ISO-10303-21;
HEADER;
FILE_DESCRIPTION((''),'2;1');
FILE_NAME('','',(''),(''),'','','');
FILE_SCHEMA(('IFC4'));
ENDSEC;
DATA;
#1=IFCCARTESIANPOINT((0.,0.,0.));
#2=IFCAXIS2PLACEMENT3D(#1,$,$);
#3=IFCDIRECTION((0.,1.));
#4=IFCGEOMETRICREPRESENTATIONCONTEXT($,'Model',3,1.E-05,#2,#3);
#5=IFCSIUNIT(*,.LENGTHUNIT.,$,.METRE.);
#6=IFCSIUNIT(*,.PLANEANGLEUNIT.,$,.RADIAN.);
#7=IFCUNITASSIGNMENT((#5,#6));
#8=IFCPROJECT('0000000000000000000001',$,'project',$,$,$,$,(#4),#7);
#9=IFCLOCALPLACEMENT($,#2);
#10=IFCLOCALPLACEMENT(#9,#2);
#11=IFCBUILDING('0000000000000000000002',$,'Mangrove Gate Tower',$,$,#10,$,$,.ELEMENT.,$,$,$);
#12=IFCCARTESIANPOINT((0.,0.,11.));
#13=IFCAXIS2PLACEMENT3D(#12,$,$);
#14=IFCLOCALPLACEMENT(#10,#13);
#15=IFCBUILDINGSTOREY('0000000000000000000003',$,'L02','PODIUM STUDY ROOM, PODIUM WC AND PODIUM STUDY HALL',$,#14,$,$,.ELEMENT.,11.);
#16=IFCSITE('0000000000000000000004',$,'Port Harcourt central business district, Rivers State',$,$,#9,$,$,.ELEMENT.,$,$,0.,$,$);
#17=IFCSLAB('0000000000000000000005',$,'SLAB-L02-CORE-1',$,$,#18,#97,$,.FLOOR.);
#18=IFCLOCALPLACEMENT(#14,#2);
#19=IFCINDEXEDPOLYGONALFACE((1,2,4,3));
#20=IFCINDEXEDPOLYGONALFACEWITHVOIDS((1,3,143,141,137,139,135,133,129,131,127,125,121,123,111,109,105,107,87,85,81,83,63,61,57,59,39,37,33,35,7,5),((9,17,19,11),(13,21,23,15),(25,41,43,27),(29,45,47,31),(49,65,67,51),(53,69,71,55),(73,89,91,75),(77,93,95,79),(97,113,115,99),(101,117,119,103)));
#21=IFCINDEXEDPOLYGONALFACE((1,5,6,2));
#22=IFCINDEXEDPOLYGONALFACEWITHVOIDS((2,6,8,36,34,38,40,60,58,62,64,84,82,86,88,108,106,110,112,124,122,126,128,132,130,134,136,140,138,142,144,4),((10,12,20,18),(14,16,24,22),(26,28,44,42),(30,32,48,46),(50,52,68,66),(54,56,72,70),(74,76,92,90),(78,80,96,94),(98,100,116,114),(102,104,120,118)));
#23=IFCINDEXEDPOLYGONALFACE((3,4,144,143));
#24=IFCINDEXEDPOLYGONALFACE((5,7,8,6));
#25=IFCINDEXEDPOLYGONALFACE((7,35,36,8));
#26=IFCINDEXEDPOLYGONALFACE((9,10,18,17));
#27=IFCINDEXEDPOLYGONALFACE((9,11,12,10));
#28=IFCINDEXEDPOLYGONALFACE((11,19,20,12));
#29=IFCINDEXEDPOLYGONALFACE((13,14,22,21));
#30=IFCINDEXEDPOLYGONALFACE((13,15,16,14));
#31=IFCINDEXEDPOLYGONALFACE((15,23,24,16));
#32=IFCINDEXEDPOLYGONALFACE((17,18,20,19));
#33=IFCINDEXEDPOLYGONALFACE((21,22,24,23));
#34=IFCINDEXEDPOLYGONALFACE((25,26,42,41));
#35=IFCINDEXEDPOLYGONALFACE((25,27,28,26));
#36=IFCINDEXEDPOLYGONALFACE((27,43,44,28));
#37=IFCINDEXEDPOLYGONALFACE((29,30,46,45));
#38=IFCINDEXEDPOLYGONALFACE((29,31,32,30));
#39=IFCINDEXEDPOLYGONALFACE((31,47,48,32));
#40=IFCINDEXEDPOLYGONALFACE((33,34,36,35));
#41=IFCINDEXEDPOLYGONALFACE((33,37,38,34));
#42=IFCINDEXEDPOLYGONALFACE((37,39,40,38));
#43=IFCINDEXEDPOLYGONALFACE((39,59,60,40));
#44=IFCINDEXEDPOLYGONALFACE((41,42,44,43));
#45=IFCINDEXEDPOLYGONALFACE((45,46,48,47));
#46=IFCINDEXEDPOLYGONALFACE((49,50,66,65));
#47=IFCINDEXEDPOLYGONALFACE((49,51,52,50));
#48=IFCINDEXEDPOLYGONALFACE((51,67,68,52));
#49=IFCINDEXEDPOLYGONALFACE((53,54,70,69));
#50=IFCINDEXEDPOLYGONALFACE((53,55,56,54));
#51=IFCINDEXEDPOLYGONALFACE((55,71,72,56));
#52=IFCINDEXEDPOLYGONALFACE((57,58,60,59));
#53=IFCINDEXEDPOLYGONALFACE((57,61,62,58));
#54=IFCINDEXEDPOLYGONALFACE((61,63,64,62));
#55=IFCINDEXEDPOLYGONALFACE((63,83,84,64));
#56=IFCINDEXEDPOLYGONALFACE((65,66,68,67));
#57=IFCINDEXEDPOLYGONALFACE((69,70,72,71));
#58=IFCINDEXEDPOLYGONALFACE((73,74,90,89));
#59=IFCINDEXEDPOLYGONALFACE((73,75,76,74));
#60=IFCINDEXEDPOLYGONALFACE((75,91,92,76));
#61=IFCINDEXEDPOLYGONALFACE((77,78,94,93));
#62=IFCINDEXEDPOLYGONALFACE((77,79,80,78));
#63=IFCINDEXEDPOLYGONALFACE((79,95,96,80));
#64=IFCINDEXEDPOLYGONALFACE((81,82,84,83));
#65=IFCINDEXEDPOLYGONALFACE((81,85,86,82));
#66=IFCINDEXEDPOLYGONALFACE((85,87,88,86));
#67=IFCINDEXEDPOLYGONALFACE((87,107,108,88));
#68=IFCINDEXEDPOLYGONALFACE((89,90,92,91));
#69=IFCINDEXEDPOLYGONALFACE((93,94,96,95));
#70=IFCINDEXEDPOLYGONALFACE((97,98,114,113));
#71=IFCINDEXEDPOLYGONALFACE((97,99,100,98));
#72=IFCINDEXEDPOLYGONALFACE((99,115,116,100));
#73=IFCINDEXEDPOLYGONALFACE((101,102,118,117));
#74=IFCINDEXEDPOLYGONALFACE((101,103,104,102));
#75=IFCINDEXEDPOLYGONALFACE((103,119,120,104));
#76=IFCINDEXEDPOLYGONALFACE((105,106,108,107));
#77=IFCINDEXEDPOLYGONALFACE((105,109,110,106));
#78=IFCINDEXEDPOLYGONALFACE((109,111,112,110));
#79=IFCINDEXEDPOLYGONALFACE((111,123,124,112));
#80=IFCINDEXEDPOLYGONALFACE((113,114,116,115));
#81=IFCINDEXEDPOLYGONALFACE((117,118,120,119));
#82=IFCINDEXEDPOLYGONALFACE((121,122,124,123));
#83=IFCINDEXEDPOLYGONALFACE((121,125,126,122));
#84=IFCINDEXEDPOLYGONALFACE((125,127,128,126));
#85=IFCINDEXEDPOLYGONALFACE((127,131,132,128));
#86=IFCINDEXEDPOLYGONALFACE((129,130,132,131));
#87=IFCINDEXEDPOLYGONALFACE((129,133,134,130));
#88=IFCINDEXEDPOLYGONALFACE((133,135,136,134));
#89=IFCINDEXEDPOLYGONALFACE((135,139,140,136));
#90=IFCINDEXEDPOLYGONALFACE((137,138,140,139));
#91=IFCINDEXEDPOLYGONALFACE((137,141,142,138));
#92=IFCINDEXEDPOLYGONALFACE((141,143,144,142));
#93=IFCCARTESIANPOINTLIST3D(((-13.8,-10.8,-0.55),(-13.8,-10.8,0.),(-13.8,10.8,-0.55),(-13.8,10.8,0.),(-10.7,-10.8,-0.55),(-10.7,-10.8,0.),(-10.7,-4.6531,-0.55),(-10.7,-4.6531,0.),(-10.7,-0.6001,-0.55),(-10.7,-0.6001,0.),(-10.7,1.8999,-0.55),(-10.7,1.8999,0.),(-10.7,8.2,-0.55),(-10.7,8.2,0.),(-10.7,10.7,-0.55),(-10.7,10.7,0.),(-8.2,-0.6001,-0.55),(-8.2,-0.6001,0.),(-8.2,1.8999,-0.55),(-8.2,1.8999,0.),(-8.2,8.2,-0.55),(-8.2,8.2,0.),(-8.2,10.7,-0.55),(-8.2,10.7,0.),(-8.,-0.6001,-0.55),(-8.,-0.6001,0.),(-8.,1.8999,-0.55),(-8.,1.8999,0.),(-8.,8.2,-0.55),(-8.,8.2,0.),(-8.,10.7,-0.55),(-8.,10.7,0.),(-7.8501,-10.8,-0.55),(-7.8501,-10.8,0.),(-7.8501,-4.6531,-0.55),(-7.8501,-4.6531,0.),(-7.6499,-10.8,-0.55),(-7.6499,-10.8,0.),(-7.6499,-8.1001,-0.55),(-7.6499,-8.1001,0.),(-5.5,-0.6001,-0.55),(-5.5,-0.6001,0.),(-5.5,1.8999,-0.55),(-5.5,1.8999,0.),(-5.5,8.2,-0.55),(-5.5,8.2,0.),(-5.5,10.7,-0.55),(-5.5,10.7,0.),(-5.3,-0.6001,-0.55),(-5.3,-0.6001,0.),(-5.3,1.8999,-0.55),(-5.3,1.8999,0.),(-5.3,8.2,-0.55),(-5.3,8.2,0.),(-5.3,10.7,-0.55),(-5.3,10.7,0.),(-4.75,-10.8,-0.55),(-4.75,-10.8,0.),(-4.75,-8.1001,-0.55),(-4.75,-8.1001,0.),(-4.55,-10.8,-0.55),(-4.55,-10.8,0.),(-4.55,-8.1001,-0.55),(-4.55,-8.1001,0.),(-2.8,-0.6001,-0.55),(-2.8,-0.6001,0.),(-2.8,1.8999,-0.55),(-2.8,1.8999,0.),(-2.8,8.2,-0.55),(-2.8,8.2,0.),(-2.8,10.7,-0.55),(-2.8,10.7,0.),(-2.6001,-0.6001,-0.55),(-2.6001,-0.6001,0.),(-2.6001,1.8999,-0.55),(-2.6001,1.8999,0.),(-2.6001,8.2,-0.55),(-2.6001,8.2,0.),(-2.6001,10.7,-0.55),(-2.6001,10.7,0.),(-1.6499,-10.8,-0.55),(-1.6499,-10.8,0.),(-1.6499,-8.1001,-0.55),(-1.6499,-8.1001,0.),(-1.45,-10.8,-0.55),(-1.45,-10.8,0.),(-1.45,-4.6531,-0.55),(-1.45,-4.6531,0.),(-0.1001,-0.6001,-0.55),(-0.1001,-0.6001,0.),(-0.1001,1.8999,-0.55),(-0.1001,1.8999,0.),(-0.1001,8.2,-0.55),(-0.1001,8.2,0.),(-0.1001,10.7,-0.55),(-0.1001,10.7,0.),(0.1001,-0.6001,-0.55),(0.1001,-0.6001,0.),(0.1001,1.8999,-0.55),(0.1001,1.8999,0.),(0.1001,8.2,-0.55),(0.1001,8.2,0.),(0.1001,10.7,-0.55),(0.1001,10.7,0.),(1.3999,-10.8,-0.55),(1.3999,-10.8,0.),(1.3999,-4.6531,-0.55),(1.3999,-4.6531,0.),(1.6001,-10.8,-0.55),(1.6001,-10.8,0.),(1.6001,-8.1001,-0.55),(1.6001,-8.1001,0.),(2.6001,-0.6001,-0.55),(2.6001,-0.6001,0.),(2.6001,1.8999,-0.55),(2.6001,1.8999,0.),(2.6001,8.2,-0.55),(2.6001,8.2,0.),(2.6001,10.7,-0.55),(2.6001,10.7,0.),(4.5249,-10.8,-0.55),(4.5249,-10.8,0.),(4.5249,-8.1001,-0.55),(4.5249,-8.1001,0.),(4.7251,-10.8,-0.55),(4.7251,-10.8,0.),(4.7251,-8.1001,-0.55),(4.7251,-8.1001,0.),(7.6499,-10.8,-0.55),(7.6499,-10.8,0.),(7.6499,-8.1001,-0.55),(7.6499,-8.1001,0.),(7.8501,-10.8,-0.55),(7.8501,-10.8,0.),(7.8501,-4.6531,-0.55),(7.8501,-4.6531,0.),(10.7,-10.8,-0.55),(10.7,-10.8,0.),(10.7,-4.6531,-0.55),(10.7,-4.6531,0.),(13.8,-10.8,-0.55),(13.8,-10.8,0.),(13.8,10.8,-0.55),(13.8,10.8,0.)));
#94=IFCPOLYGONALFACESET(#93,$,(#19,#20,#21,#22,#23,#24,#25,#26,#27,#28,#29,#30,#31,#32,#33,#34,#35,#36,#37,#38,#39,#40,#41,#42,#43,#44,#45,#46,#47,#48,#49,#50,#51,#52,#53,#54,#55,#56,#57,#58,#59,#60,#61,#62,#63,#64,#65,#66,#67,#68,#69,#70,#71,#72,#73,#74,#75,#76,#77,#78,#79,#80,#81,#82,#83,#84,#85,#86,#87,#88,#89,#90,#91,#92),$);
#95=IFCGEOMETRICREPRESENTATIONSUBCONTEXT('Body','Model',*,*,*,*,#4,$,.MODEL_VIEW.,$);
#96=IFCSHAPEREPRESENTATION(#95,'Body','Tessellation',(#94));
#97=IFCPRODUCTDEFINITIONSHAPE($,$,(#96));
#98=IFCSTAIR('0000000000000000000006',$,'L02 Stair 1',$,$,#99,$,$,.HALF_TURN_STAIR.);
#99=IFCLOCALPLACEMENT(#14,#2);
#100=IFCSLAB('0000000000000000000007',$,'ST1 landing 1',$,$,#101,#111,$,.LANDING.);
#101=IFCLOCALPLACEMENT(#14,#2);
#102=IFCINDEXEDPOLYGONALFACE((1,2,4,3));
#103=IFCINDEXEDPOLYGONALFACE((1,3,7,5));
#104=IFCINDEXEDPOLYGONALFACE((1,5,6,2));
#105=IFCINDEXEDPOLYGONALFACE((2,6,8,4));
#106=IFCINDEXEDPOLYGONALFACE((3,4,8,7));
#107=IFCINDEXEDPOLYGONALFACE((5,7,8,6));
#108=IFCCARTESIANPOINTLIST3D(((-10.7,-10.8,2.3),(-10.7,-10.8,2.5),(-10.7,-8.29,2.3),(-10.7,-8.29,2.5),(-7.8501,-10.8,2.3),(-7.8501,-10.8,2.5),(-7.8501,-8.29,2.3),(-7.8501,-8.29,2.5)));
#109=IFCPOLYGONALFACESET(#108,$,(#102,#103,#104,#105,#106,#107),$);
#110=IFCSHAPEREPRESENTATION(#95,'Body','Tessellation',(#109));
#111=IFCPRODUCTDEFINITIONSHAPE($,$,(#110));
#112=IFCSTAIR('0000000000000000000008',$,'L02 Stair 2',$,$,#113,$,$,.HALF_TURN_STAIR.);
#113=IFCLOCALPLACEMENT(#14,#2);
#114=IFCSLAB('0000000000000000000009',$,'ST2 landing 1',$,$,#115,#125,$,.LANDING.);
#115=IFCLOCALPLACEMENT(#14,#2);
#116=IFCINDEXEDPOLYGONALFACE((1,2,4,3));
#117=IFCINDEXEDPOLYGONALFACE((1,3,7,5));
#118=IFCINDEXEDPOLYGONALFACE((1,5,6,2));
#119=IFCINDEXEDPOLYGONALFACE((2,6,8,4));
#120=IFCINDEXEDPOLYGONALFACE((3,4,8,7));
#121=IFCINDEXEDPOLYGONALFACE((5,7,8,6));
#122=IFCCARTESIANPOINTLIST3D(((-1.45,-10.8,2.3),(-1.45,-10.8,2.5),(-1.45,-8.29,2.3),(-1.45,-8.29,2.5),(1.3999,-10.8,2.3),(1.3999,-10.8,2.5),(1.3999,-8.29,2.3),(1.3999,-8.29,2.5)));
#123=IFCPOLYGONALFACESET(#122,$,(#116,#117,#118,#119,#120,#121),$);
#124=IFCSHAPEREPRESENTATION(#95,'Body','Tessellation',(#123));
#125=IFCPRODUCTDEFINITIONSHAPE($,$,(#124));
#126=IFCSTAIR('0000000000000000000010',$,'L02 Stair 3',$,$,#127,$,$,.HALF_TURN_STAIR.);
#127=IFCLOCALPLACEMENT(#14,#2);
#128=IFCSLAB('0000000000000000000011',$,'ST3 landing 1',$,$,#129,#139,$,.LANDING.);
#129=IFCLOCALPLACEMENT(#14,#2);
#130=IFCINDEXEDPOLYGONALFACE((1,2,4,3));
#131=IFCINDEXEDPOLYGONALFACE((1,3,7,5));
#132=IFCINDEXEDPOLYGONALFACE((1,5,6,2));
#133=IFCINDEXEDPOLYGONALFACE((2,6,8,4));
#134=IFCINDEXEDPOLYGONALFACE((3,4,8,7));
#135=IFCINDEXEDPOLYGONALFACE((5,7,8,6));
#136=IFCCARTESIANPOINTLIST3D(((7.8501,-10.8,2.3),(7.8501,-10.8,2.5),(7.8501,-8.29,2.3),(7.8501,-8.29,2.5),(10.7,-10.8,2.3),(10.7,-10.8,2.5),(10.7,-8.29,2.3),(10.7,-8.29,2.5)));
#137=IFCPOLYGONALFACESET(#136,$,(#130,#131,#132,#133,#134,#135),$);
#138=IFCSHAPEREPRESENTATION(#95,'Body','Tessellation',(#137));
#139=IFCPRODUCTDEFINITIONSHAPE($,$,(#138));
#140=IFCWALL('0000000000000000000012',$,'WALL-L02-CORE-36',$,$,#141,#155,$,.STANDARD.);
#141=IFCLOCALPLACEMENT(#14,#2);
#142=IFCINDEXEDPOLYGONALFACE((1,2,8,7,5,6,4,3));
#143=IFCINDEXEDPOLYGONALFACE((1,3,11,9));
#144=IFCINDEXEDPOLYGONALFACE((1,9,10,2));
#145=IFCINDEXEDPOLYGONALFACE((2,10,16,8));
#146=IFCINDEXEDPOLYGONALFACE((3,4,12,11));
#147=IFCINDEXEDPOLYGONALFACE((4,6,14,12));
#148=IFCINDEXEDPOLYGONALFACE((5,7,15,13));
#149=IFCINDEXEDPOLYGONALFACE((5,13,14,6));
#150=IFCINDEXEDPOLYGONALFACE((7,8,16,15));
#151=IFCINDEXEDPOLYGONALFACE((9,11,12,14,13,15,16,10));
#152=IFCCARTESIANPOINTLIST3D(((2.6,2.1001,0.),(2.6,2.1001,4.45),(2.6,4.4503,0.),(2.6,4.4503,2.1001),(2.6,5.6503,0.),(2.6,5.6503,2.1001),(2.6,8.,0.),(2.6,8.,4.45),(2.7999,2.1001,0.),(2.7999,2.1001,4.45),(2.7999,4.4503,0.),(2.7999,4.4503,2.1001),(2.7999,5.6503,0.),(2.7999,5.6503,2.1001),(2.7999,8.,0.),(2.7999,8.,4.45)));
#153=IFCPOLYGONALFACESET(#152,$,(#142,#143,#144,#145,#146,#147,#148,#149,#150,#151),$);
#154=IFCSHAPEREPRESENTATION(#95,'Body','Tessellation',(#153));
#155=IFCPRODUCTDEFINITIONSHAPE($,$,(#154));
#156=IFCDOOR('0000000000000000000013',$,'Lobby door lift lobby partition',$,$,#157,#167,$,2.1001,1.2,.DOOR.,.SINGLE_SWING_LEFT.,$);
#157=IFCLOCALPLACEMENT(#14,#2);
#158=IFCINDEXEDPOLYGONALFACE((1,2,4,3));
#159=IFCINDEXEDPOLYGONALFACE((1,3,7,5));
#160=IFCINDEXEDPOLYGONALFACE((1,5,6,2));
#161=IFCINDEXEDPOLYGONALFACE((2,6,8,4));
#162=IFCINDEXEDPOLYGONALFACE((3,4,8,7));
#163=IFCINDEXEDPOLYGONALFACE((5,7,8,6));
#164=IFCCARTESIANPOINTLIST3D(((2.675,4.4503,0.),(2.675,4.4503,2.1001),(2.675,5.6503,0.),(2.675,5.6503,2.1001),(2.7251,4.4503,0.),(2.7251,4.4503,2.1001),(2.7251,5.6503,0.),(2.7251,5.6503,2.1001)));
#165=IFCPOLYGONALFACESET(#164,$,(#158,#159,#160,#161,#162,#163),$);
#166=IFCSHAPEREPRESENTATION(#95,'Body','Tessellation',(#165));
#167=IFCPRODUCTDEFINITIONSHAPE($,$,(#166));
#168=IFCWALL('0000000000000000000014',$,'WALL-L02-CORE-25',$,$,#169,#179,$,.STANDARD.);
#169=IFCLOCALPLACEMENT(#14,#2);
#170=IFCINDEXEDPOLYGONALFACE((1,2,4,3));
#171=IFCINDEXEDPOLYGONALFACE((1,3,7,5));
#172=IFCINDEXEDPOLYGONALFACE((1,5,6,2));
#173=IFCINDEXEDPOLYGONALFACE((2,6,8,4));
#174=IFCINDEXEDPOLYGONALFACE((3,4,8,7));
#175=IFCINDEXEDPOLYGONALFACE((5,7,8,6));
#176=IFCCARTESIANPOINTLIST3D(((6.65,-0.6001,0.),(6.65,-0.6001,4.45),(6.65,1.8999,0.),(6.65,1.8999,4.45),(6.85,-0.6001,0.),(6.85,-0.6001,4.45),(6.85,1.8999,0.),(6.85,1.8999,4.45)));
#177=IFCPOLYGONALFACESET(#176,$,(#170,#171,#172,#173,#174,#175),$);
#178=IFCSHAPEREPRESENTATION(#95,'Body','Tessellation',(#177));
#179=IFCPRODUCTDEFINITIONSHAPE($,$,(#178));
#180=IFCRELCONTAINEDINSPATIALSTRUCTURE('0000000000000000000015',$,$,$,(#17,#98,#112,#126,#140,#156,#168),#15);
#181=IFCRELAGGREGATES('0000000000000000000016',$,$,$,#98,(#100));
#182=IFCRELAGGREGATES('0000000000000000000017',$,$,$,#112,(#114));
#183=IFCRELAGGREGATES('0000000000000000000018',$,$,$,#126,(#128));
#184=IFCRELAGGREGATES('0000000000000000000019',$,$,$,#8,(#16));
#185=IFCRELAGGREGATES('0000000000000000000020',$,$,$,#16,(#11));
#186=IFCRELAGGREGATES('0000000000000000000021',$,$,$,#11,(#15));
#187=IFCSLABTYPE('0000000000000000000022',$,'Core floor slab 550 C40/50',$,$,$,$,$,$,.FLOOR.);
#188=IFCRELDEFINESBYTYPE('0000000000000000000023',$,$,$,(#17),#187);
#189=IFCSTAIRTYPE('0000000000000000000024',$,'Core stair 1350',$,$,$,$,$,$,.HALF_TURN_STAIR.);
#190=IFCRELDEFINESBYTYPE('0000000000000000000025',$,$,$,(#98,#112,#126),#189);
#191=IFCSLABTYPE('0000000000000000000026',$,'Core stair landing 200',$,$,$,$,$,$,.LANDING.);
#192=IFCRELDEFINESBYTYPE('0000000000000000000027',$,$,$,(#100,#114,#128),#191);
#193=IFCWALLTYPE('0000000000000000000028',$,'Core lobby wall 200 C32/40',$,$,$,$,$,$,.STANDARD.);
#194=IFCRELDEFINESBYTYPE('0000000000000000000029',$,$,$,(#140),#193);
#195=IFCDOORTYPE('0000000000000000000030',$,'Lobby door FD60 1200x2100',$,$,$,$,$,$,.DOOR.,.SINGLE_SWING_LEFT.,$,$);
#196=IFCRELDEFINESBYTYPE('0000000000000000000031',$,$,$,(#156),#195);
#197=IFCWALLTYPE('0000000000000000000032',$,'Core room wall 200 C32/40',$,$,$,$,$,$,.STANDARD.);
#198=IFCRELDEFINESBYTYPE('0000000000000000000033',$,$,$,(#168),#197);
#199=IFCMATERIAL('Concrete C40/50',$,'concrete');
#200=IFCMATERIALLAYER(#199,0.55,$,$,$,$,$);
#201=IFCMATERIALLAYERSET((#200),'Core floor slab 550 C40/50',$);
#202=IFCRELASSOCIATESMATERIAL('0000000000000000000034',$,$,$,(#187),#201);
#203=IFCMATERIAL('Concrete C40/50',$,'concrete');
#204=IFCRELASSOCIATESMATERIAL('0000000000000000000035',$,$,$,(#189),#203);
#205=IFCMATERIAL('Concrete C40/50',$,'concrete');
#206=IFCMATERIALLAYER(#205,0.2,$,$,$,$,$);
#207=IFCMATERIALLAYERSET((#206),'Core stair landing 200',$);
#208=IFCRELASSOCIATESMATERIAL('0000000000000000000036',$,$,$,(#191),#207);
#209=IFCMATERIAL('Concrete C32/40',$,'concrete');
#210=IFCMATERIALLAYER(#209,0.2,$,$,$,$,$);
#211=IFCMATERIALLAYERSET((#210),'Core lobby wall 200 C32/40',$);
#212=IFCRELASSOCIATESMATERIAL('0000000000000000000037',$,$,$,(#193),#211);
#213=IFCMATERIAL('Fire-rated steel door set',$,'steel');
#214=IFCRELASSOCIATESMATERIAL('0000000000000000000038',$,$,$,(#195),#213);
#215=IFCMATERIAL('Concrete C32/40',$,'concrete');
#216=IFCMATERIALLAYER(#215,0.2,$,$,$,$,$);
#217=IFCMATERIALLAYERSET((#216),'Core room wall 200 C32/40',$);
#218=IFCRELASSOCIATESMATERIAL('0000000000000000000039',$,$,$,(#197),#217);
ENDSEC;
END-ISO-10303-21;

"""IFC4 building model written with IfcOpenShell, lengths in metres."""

from ifc_helpers import new_model, si_unit, direction, frame, frame_2d, origin, place, context, subcontext, project, spatial, polyline, rectangle, outline, extrude, material, layer, layer_set, type_object, element, fill, aggregate, save


model = new_model("IFC4")

# Units and contexts
model_context = context("Model", 3, precision=1e-05, world=origin(), true_north=direction((0.0, 1.0)))
body_context = subcontext(model_context, "Body", "Model", "MODEL_VIEW")
ifc_project = project(units=[si_unit("LENGTHUNIT", "METRE"), si_unit("PLANEANGLEUNIT", "RADIAN")], contexts=[model_context])

# Site, building, storey
site_placement = place(None, origin())
site = spatial("IfcSite", under=ifc_project, at=site_placement, Name="Port Harcourt central business district, Rivers State", CompositionType="ELEMENT", RefElevation=0.0)
building_placement = place(site_placement, origin())
building = spatial("IfcBuilding", under=site, at=building_placement, Name="Mangrove Gate Tower", CompositionType="ELEMENT")
storey_placement = place(building_placement, frame((0.0, 0.0, 11.0)))
storey = spatial("IfcBuildingStorey", under=building, at=storey_placement, Name="L02", Description="PODIUM STUDY ROOM, PODIUM WC AND PODIUM STUDY HALL", CompositionType="ELEMENT", Elevation=11.0)

# Slab
ifc_material_1 = material(Name="Concrete C40/50", Category="concrete")
ifc_layer_1 = layer(ifc_material_1, 0.55)
ifc_layer_set_1 = layer_set([ifc_layer_1], Name="Core floor slab 550 C40/50")
slab_type_1 = type_object("IfcSlabType", Name="Core floor slab 550 C40/50", PredefinedType="FLOOR", material=ifc_layer_set_1)
slab_1_placement = place(storey_placement, frame((0.0, 0.0, -0.55)))
element("IfcSlab", 1, at=slab_1_placement, inside=storey, type_object=slab_type_1, Name="SLAB-L02-CORE-1", PredefinedType="FLOOR", context=body_context, shape_type="SweptSolid", body=[
    extrude(outline(polyline([(-13.8, -10.8), (-13.8, 10.8), (13.8, 10.8), (13.8, -10.8), (10.7, -10.8), (10.7, -4.6531), (7.8501, -4.6531), (7.8501, -10.8), (7.6499, -10.8), (7.6499, -8.1001), (4.7251, -8.1001), (4.7251, -10.8), (4.5249, -10.8), (4.5249, -8.1001), (1.6001, -8.1001), (1.6001, -10.8), (1.3999, -10.8), (1.3999, -4.6531), (-1.45, -4.6531), (-1.45, -10.8), (-1.6499, -10.8), (-1.6499, -8.1001), (-4.55, -8.1001), (-4.55, -10.8), (-4.75, -10.8), (-4.75, -8.1001), (-7.6499, -8.1001), (-7.6499, -10.8), (-7.8501, -10.8), (-7.8501, -4.6531), (-10.7, -4.6531), (-10.7, -10.8), (-13.8, -10.8)]), holes=[polyline([(-8.2, -0.6001), (-8.2, 1.8999), (-10.7, 1.8999), (-10.7, -0.6001), (-8.2, -0.6001)]), polyline([(-5.5, -0.6001), (-5.5, 1.8999), (-8.0, 1.8999), (-8.0, -0.6001), (-5.5, -0.6001)]), polyline([(-2.8, -0.6001), (-2.8, 1.8999), (-5.3, 1.8999), (-5.3, -0.6001), (-2.8, -0.6001)]), polyline([(-8.2, 8.2), (-8.2, 10.7), (-10.7, 10.7), (-10.7, 8.2), (-8.2, 8.2)]), polyline([(-5.5, 8.2), (-5.5, 10.7), (-8.0, 10.7), (-8.0, 8.2), (-5.5, 8.2)]), polyline([(-2.8, 8.2), (-2.8, 10.7), (-5.3, 10.7), (-5.3, 8.2), (-2.8, 8.2)]), polyline([(-0.1001, -0.6001), (-0.1001, 1.8999), (-2.6001, 1.8999), (-2.6001, -0.6001), (-0.1001, -0.6001)]), polyline([(2.6001, -0.6001), (2.6001, 1.8999), (0.1001, 1.8999), (0.1001, -0.6001), (2.6001, -0.6001)]), polyline([(-2.6001, 8.2), (-0.1001, 8.2), (-0.1001, 10.7), (-2.6001, 10.7), (-2.6001, 8.2)]), polyline([(0.1001, 8.2), (2.6001, 8.2), (2.6001, 10.7), (0.1001, 10.7), (0.1001, 8.2)])]), origin(), (0.0, 0.0, 1.0), 0.55),
])

# Stairs, slabs
ifc_material_2 = material(Name="Concrete C40/50", Category="concrete")
stair_type = type_object("IfcStairType", Name="Core stair 1350", PredefinedType="HALF_TURN_STAIR", material=ifc_material_2)
stair_1_placement = place(storey_placement, origin())
stair_1 = element("IfcStair", 2, at=stair_1_placement, inside=storey, type_object=stair_type, Name="L02 Stair 1", PredefinedType="HALF_TURN_STAIR")
ifc_material_3 = material(Name="Concrete C40/50", Category="concrete")
ifc_layer_2 = layer(ifc_material_3, 0.2)
ifc_layer_set_2 = layer_set([ifc_layer_2], Name="Core stair landing 200")
slab_type_2 = type_object("IfcSlabType", Name="Core stair landing 200", PredefinedType="LANDING", material=ifc_layer_set_2)
slab_2_placement = place(storey_placement, frame((0.0, 0.0, 2.3)))
slab_2 = element("IfcSlab", 3, at=slab_2_placement, type_object=slab_type_2, Name="ST1 landing 1", PredefinedType="LANDING", context=body_context, shape_type="SweptSolid", body=[
    extrude(outline(polyline([(-10.7, -8.29), (-10.7, -10.8), (-7.8501, -10.8), (-7.8501, -8.29), (-10.7, -8.29)])), origin(), (0.0, 0.0, 1.0), 0.2),
])
aggregate(stair_1, [slab_2])
stair_2_placement = place(storey_placement, origin())
stair_2 = element("IfcStair", 4, at=stair_2_placement, inside=storey, type_object=stair_type, Name="L02 Stair 2", PredefinedType="HALF_TURN_STAIR")
slab_3_placement = place(storey_placement, frame((0.0, 0.0, 2.3)))
slab_3 = element("IfcSlab", 5, at=slab_3_placement, type_object=slab_type_2, Name="ST2 landing 1", PredefinedType="LANDING", context=body_context, shape_type="SweptSolid", body=[
    extrude(outline(polyline([(-1.45, -8.29), (-1.45, -10.8), (1.3999, -10.8), (1.3999, -8.29), (-1.45, -8.29)])), origin(), (0.0, 0.0, 1.0), 0.2),
])
aggregate(stair_2, [slab_3])
stair_3_placement = place(storey_placement, origin())
stair_3 = element("IfcStair", 6, at=stair_3_placement, inside=storey, type_object=stair_type, Name="L02 Stair 3", PredefinedType="HALF_TURN_STAIR")
slab_4_placement = place(storey_placement, frame((0.0, 0.0, 2.3)))
slab_4 = element("IfcSlab", 7, at=slab_4_placement, type_object=slab_type_2, Name="ST3 landing 1", PredefinedType="LANDING", context=body_context, shape_type="SweptSolid", body=[
    extrude(outline(polyline([(7.8501, -8.29), (7.8501, -10.8), (10.7, -10.8), (10.7, -8.29), (7.8501, -8.29)])), origin(), (0.0, 0.0, 1.0), 0.2),
])

# Wall, opening, door
ifc_material_4 = material(Name="Concrete C32/40", Category="concrete")
ifc_layer_3 = layer(ifc_material_4, 0.2)
ifc_layer_set_3 = layer_set([ifc_layer_3], Name="Core lobby wall 200 C32/40")
wall_type_1 = type_object("IfcWallType", Name="Core lobby wall 200 C32/40", PredefinedType="STANDARD", material=ifc_layer_set_3)
wall_1_placement = place(storey_placement, frame((2.7, 2.1001, 0.0), z_axis=(0.0, 0.0, 1.0), x_axis=(0.0, 1.0, 0.0)))
wall_1 = element("IfcWall", 8, at=wall_1_placement, inside=storey, type_object=wall_type_1, Name="WALL-L02-CORE-36", PredefinedType="STANDARD", context=body_context, shape_type="SweptSolid", body=[
    extrude(rectangle(XDim=5.8999, YDim=0.2, at=frame_2d((2.95, 0.0))), origin(), (0.0, 0.0, 1.0), 4.45),
])
opening_1_placement = place(wall_1_placement, frame((2.3501, 0.0, 0.0)))
opening_1 = element("IfcOpeningElement", 9, at=opening_1_placement, cuts=wall_1, PredefinedType="OPENING", context=body_context, shape_type="SweptSolid", body=[
    extrude(rectangle(XDim=1.2, YDim=2.1001, at=frame_2d((0.6001, 1.05))), frame((0.0, 0.1099, 0.0), z_axis=(0.0, -1.0, 0.0), x_axis=(1.0, 0.0, 0.0)), (0.0, 0.0, 1.0), 0.22),
])
ifc_material_5 = material(Name="Fire-rated steel door set", Category="steel")
door_type_1 = type_object("IfcDoorType", Name="Lobby door FD60 1200x2100", OperationType="SINGLE_SWING_LEFT", PredefinedType="DOOR", material=ifc_material_5)
door_1_placement = place(opening_1_placement, origin())
door_1 = element("IfcDoor", 10, at=door_1_placement, inside=storey, type_object=door_type_1, Name="Lobby door lift lobby partition", OperationType="SINGLE_SWING_LEFT", OverallHeight=2.1001, OverallWidth=1.2, PredefinedType="DOOR", context=body_context, shape_type="SweptSolid", body=[
    extrude(rectangle(XDim=1.2, YDim=2.1001, at=frame_2d((0.6001, 1.05))), frame((0.0, 0.0249, 0.0), z_axis=(0.0, -1.0, 0.0), x_axis=(1.0, 0.0, 0.0)), (0.0, 0.0, 1.0), 0.05),
])
fill(opening_1, door_1)

# Wall
ifc_material_6 = material(Name="Concrete C32/40", Category="concrete")
ifc_layer_4 = layer(ifc_material_6, 0.2)
ifc_layer_set_4 = layer_set([ifc_layer_4], Name="Core room wall 200 C32/40")
wall_type_2 = type_object("IfcWallType", Name="Core room wall 200 C32/40", PredefinedType="STANDARD", material=ifc_layer_set_4)
for number, where, z_axis, x_axis, name in (
    (11, (6.75, -0.6001, 0.0), (0.0, 0.0, 1.0), (0.0, 1.0, 0.0), "WALL-L02-CORE-25"),
):
    element("IfcWall", number, at=place(storey_placement, frame(where, z_axis=z_axis, x_axis=x_axis)), inside=storey, type_object=wall_type_2, Name=name, PredefinedType="STANDARD", context=body_context, shape_type="SweptSolid", body=[
        extrude(rectangle(XDim=2.5, YDim=0.2, at=frame_2d((1.25, 0.0))), origin(), (0.0, 0.0, 1.0), 4.45),
    ])

aggregate(stair_3, [slab_4])

save(model, "model.ifc")
